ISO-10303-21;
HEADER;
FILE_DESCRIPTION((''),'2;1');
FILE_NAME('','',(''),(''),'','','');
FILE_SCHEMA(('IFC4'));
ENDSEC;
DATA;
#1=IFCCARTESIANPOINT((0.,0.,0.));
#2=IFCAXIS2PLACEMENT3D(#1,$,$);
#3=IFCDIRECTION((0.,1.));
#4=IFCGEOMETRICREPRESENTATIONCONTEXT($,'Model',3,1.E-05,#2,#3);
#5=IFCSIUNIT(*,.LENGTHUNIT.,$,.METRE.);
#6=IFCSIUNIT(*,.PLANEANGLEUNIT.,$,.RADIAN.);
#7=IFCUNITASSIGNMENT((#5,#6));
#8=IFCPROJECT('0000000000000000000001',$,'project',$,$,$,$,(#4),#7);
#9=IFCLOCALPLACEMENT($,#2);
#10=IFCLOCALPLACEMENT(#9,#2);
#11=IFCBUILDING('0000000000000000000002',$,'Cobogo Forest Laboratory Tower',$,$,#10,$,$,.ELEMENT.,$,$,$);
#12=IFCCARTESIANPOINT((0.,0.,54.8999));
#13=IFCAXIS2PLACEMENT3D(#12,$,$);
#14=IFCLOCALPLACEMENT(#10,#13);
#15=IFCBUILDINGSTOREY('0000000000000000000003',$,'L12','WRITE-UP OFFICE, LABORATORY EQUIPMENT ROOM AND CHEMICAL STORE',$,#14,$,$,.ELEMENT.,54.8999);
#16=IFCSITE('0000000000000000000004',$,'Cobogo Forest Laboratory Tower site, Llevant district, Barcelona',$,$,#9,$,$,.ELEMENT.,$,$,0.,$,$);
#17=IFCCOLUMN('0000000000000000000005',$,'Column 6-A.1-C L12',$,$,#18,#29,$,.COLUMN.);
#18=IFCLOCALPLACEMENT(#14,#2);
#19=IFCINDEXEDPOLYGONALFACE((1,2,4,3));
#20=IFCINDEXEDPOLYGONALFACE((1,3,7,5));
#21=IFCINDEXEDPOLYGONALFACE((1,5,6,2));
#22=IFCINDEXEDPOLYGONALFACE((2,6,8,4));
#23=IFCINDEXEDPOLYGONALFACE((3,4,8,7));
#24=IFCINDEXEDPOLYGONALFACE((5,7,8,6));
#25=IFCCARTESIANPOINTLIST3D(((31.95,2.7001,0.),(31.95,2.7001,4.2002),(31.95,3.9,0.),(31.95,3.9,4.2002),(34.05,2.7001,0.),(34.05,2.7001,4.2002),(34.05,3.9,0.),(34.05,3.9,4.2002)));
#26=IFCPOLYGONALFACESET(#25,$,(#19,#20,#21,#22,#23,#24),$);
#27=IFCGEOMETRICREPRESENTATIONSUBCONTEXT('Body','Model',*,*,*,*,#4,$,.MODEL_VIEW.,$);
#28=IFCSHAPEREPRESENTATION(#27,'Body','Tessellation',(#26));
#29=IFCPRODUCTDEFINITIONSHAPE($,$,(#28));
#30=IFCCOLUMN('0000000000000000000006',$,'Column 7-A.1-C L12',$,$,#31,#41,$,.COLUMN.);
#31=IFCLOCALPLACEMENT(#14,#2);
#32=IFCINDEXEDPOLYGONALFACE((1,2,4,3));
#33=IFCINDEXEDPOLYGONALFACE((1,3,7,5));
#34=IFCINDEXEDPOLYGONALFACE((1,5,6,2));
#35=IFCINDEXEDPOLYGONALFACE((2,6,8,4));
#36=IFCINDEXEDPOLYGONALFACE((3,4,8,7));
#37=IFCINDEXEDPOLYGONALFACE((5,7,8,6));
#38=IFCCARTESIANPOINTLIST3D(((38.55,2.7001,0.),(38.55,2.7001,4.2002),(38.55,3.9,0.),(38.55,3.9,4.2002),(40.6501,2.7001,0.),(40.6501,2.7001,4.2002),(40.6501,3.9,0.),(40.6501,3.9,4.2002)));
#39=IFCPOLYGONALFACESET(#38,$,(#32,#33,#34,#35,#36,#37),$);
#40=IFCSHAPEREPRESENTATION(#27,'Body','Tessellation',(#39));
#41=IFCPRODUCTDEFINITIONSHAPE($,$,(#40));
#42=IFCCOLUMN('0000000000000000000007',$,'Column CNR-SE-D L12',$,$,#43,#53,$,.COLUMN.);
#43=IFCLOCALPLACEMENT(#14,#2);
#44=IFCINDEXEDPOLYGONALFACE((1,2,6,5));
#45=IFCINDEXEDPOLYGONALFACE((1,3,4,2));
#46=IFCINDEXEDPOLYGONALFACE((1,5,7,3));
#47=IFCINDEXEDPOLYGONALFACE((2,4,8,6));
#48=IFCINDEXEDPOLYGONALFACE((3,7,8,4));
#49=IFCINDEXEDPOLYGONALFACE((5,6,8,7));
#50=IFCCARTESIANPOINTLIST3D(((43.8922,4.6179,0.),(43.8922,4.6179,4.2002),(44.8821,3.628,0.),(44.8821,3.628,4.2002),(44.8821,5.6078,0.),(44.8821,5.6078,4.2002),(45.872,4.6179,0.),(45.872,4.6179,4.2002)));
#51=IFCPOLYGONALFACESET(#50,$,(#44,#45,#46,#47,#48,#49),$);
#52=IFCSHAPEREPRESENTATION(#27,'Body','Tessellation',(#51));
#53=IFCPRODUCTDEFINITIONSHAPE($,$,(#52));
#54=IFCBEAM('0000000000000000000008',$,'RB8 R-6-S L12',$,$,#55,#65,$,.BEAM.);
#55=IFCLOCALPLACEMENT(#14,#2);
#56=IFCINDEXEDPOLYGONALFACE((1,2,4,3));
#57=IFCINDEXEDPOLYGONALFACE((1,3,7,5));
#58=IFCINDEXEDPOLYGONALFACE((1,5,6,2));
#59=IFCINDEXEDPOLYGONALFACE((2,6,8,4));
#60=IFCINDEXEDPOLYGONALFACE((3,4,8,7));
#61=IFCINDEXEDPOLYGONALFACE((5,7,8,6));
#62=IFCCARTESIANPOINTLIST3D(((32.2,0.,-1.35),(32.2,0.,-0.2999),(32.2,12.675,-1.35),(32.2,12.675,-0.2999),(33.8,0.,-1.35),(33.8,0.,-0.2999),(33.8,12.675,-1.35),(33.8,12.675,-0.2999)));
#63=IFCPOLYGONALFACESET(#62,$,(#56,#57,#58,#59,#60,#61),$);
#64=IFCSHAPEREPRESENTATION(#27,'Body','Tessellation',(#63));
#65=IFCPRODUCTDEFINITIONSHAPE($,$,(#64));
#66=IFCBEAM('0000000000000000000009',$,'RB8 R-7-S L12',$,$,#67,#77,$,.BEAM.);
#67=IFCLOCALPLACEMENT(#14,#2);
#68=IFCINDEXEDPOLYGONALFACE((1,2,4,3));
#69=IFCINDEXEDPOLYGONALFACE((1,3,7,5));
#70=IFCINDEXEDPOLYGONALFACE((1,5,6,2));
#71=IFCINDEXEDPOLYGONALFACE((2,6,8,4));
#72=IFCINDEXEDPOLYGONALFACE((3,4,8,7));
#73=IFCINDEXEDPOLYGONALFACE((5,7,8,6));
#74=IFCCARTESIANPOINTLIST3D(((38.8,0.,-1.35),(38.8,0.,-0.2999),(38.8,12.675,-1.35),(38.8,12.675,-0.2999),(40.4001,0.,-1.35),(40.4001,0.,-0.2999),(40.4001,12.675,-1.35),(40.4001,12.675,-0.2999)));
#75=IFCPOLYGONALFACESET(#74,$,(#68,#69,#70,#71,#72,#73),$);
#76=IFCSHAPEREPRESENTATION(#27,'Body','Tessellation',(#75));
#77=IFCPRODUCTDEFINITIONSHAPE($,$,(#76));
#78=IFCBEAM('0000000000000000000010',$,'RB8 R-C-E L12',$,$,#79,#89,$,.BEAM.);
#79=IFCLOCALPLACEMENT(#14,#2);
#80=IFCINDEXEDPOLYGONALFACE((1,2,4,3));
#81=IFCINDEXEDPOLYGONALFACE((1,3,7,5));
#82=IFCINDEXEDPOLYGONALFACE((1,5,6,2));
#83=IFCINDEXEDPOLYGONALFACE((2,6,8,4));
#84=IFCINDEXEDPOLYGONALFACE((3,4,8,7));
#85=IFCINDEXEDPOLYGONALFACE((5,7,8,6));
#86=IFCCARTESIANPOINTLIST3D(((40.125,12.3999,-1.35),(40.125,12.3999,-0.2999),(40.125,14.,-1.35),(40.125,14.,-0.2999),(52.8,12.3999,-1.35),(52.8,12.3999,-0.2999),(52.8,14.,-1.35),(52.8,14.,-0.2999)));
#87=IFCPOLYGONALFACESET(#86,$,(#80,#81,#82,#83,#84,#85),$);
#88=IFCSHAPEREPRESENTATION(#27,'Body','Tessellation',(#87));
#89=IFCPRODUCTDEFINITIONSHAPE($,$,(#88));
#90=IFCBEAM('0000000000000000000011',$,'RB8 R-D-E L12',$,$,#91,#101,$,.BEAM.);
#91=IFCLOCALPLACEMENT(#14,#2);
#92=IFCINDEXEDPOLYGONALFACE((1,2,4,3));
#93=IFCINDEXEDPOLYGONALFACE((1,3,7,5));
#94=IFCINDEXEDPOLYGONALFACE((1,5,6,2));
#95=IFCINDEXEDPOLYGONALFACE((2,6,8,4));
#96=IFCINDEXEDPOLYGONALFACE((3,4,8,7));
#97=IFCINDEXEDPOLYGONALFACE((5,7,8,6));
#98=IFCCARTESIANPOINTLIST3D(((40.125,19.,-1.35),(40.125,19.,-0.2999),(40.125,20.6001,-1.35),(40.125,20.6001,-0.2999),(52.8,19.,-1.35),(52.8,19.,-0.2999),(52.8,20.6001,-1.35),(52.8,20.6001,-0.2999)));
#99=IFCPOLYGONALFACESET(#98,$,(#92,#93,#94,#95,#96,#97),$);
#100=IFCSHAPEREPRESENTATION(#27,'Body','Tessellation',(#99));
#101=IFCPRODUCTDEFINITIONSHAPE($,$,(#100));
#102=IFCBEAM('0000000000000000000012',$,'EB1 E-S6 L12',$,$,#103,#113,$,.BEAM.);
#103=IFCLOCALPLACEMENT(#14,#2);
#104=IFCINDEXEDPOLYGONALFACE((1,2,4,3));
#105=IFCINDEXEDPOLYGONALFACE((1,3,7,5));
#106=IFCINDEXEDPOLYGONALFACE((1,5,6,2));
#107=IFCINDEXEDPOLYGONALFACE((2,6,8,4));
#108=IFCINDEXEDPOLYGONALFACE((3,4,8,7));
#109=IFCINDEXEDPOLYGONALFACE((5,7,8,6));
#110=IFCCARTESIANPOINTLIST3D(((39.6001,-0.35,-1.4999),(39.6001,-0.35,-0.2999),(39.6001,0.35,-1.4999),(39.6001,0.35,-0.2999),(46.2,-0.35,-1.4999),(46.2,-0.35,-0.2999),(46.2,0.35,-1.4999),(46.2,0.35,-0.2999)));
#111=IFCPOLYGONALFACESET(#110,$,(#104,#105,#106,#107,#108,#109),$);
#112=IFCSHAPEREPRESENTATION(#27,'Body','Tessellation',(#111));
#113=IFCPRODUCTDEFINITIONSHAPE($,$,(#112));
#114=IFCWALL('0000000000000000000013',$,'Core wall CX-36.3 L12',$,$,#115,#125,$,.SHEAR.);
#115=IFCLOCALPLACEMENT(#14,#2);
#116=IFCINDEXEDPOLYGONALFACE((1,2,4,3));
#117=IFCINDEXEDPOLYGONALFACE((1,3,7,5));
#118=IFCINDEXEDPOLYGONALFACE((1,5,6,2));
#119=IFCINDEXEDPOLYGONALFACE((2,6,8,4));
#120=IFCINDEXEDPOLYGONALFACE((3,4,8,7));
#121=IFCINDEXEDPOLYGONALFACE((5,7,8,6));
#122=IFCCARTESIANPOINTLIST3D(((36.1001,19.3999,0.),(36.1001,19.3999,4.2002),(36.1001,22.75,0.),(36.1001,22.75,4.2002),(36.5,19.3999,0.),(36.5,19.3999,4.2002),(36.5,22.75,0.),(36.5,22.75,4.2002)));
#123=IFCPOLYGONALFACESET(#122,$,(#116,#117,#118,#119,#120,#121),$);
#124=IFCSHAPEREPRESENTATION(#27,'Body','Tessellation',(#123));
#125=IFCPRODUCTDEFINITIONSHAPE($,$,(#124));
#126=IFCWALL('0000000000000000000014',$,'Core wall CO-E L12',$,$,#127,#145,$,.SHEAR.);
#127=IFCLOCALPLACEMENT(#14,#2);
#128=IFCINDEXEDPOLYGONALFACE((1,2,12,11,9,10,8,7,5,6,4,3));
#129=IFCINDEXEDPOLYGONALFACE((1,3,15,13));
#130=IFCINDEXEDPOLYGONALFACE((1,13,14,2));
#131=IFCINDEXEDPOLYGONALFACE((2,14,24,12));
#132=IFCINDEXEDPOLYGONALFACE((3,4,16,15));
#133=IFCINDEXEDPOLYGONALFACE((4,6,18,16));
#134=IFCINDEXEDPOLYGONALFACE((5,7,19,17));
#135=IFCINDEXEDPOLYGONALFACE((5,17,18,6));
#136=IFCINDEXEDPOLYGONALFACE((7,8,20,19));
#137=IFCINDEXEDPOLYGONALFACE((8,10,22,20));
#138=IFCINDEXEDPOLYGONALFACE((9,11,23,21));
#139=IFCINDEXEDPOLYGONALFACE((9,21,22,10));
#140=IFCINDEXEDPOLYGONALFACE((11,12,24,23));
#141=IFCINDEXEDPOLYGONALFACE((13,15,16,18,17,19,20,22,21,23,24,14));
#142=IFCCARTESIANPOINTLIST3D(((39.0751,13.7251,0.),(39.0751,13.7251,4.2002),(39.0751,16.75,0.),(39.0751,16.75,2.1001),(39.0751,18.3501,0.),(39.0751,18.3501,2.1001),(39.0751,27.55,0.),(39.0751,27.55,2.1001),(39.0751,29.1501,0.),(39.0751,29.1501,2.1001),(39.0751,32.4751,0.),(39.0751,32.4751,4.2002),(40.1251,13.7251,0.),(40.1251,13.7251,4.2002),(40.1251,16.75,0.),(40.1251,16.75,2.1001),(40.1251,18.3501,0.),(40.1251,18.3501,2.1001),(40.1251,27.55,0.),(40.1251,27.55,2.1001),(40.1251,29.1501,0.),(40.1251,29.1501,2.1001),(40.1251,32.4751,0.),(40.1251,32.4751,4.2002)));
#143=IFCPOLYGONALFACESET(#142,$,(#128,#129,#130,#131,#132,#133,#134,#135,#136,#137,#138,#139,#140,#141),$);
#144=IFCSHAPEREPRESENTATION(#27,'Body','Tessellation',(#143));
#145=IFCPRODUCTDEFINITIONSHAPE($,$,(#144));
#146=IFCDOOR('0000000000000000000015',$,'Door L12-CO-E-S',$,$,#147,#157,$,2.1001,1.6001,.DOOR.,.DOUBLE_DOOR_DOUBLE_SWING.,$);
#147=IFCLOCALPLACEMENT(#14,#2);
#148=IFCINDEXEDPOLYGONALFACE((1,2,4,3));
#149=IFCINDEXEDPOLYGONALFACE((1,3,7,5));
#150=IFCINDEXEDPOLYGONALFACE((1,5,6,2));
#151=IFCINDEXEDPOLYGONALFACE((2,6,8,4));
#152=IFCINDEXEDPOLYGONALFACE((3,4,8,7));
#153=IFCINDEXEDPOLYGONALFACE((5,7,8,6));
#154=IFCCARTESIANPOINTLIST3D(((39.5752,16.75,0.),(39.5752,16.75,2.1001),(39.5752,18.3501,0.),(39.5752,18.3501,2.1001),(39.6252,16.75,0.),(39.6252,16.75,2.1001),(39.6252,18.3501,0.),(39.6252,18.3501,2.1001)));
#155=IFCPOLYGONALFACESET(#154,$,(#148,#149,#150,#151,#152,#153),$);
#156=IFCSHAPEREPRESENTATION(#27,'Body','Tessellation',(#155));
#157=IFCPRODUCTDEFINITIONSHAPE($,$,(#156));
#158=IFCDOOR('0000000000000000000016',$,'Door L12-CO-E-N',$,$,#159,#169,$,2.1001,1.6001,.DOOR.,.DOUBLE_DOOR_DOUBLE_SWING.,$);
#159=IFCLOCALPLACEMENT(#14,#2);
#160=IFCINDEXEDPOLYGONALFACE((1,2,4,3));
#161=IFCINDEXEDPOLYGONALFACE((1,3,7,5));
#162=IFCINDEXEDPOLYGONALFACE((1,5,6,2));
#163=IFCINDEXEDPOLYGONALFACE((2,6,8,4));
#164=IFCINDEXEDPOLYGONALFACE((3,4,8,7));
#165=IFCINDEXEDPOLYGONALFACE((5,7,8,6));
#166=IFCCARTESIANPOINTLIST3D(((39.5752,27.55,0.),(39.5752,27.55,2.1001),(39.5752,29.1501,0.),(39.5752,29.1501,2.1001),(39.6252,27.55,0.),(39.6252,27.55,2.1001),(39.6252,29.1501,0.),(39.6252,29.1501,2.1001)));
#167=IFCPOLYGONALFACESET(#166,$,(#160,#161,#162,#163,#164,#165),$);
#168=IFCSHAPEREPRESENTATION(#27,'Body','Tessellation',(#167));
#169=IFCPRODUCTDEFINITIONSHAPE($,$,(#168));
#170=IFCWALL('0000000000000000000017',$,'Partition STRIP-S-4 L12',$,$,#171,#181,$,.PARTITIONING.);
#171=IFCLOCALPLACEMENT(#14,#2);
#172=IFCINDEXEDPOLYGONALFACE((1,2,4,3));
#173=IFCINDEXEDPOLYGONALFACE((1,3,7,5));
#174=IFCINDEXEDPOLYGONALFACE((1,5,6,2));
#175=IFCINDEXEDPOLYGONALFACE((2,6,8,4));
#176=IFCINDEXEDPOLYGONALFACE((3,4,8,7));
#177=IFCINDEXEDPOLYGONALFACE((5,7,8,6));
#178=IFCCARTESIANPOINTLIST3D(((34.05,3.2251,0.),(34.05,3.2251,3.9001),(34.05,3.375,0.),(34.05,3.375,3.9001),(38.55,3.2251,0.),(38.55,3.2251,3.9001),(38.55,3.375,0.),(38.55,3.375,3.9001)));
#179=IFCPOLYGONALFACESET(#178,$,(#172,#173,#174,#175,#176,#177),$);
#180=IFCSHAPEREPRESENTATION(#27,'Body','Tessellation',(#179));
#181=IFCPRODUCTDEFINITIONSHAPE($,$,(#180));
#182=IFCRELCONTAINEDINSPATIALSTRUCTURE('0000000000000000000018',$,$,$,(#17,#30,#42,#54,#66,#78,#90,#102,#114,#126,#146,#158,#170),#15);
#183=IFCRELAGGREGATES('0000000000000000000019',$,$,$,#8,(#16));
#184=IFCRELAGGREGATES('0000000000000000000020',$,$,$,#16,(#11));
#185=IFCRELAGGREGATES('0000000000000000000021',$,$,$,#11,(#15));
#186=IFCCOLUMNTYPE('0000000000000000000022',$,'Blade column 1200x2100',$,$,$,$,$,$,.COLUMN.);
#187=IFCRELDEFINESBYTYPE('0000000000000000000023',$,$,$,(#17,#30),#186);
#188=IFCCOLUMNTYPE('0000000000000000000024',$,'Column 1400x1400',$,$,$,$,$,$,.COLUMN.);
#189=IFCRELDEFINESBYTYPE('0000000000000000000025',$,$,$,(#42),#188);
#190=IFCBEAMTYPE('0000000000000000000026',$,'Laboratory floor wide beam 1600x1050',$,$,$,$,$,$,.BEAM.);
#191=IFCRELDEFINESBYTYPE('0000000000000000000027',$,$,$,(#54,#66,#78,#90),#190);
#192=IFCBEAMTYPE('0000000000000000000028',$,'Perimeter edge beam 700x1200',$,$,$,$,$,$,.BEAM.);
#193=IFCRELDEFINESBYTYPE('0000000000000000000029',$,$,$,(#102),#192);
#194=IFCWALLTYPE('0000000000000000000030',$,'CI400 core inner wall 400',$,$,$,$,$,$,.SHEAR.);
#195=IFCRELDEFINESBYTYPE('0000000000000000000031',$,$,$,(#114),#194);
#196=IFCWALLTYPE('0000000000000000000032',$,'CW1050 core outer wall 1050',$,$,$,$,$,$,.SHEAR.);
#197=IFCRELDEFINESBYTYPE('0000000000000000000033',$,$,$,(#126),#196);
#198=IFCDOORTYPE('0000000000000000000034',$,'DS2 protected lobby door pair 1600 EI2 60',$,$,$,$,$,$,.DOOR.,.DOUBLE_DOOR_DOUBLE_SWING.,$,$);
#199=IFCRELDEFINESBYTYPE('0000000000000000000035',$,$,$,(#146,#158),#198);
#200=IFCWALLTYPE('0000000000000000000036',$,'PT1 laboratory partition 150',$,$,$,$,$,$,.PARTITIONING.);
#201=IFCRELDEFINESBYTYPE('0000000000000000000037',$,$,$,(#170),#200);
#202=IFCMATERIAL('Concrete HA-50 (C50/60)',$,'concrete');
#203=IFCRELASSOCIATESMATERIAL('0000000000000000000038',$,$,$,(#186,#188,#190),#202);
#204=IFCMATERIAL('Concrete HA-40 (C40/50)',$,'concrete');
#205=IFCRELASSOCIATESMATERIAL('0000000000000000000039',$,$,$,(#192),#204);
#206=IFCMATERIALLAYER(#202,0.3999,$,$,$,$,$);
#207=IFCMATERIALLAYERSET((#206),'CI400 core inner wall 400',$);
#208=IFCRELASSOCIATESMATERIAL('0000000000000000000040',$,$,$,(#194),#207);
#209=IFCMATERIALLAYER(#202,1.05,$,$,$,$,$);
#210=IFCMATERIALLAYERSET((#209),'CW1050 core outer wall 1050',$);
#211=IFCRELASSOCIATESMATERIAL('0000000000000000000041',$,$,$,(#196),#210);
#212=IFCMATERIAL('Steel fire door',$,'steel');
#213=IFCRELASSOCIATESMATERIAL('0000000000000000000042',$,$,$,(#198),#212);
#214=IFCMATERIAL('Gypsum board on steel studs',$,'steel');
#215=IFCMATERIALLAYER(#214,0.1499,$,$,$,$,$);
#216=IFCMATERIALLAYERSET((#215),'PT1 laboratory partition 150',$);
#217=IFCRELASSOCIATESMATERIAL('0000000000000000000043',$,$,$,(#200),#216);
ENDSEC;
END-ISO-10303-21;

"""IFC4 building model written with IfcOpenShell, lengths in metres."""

from ifc_helpers import new_model, si_unit, direction, frame, frame_2d, origin, origin_2d, place, context, subcontext, project, spatial, rectangle, extrude, material, layer, layer_set, material_profile, profile_set, type_object, element, fill, save


model = new_model("IFC4")

# Units and contexts
model_context = context("Model", 3, precision=1e-05, world=origin(), true_north=direction((0.0, 1.0)))
body_context = subcontext(model_context, "Body", "Model", "MODEL_VIEW")
ifc_project = project(units=[si_unit("LENGTHUNIT", "METRE"), si_unit("PLANEANGLEUNIT", "RADIAN")], contexts=[model_context])

# Site, building, storey
site_placement = place(None, origin())
site = spatial("IfcSite", under=ifc_project, at=site_placement, Name="Cobogo Forest Laboratory Tower site, Llevant district, Barcelona", CompositionType="ELEMENT", RefElevation=0.0)
building_placement = place(site_placement, origin())
building = spatial("IfcBuilding", under=site, at=building_placement, Name="Cobogo Forest Laboratory Tower", CompositionType="ELEMENT")
storey_placement = place(building_placement, frame((0.0, 0.0, 54.8999)))
storey = spatial("IfcBuildingStorey", under=building, at=storey_placement, Name="L12", Description="WRITE-UP OFFICE, LABORATORY EQUIPMENT ROOM AND CHEMICAL STORE", CompositionType="ELEMENT", Elevation=54.8999)

# Columns
ifc_material_1 = material(Name="Concrete HA-50 (C50/60)", Category="concrete")
ifc_material_profile_1 = material_profile(ifc_material_1, rectangle(XDim=2.1001, YDim=1.2, at=origin_2d()), Name="RC 1200x2100")
ifc_profile_set_1 = profile_set([ifc_material_profile_1], Name="Concrete HA-50 (C50/60)")
column_type_1 = type_object("IfcColumnType", Name="Blade column 1200x2100", PredefinedType="COLUMN", material=ifc_profile_set_1)
for number, where, z_axis, x_axis, name in (
    (1, (33.0, 3.3, 0.0), (0.0, 0.0, 1.0), (1.0, 0.0, 0.0), "Column 6-A.1-C L12"),
    (2, (39.6001, 3.3, 0.0), (0.0, 0.0, 1.0), (1.0, 0.0, 0.0), "Column 7-A.1-C L12"),
):
    element("IfcColumn", number, at=place(storey_placement, frame(where, z_axis=z_axis, x_axis=x_axis)), inside=storey, type_object=column_type_1, Name=name, PredefinedType="COLUMN", context=body_context, shape_type="SweptSolid", body=[
        extrude(rectangle(XDim=2.1001, YDim=1.2, at=origin_2d()), origin(), (0.0, 0.0, 1.0), 4.2002),
    ])
ifc_material_profile_2 = material_profile(ifc_material_1, rectangle(XDim=1.3999, YDim=1.3999, at=origin_2d()), Name="RC 1400x1400")
ifc_profile_set_2 = profile_set([ifc_material_profile_2], Name="Concrete HA-50 (C50/60)")
column_type_2 = type_object("IfcColumnType", Name="Column 1400x1400", PredefinedType="COLUMN", material=ifc_profile_set_2)
column_placement = place(storey_placement, frame((44.8821, 4.6179, 0.0), z_axis=(0.0, 0.0, 1.0), x_axis=(0.707107, 0.707107, 0.0)))
element("IfcColumn", 3, at=column_placement, inside=storey, type_object=column_type_2, Name="Column CNR-SE-D L12", PredefinedType="COLUMN", context=body_context, shape_type="SweptSolid", body=[
    extrude(rectangle(XDim=1.3999, YDim=1.3999, at=origin_2d()), origin(), (0.0, 0.0, 1.0), 4.2002),
])

# Beams
ifc_material_profile_3 = material_profile(ifc_material_1, rectangle(XDim=1.6001, YDim=1.05, at=origin_2d()), Name="RC 1600x1050")
ifc_profile_set_3 = profile_set([ifc_material_profile_3], Name="Concrete HA-50 (C50/60)")
beam_type_1 = type_object("IfcBeamType", Name="Laboratory floor wide beam 1600x1050", PredefinedType="BEAM", material=ifc_profile_set_3)
for number, where, z_axis, x_axis, name in (
    (4, (33.0, 12.675, -0.825), (0.0, -1.0, 0.0), (1.0, 0.0, 0.0), "RB8 R-6-S L12"),
    (5, (39.6001, 12.675, -0.825), (0.0, -1.0, 0.0), (1.0, 0.0, 0.0), "RB8 R-7-S L12"),
    (6, (40.125, 13.2, -0.825), (1.0, 0.0, 0.0), (0.0, 1.0, 0.0), "RB8 R-C-E L12"),
    (7, (40.125, 19.8, -0.825), (1.0, 0.0, 0.0), (0.0, 1.0, 0.0), "RB8 R-D-E L12"),
):
    element("IfcBeam", number, at=place(storey_placement, frame(where, z_axis=z_axis, x_axis=x_axis)), inside=storey, type_object=beam_type_1, Name=name, PredefinedType="BEAM", context=body_context, shape_type="SweptSolid", body=[
        extrude(rectangle(XDim=1.6001, YDim=1.05, at=origin_2d()), origin(), (0.0, 0.0, 1.0), 12.675),
    ])
ifc_material_2 = material(Name="Concrete HA-40 (C40/50)", Category="concrete")
ifc_material_profile_4 = material_profile(ifc_material_2, rectangle(XDim=0.7, YDim=1.2, at=origin_2d()), Name="RC 700x1200")
ifc_profile_set_4 = profile_set([ifc_material_profile_4], Name="Concrete HA-40 (C40/50)")
beam_type_2 = type_object("IfcBeamType", Name="Perimeter edge beam 700x1200", PredefinedType="BEAM", material=ifc_profile_set_4)
beam_placement = place(storey_placement, frame((39.6001, 0.0, -0.8999), z_axis=(1.0, 0.0, 0.0), x_axis=(0.0, 1.0, 0.0)))
element("IfcBeam", 8, at=beam_placement, inside=storey, type_object=beam_type_2, Name="EB1 E-S6 L12", PredefinedType="BEAM", context=body_context, shape_type="SweptSolid", body=[
    extrude(rectangle(XDim=0.7, YDim=1.2, at=origin_2d()), origin(), (0.0, 0.0, 1.0), 6.5999),
])

# Wall
ifc_layer_1 = layer(ifc_material_1, 0.3999)
ifc_layer_set_1 = layer_set([ifc_layer_1], Name="CI400 core inner wall 400")
wall_type_1 = type_object("IfcWallType", Name="CI400 core inner wall 400", PredefinedType="SHEAR", material=ifc_layer_set_1)
wall_1_placement = place(storey_placement, frame((36.3, 19.3999, 0.0), z_axis=(0.0, 0.0, 1.0), x_axis=(0.0, 1.0, 0.0)))
element("IfcWall", 9, at=wall_1_placement, inside=storey, type_object=wall_type_1, Name="Core wall CX-36.3 L12", PredefinedType="SHEAR", context=body_context, shape_type="SweptSolid", body=[
    extrude(rectangle(XDim=3.3501, YDim=0.3999, at=frame_2d((1.675, 0.0))), origin(), (0.0, 0.0, 1.0), 4.2002),
])

# Wall, openings, doors
ifc_layer_2 = layer(ifc_material_1, 1.05)
ifc_layer_set_2 = layer_set([ifc_layer_2], Name="CW1050 core outer wall 1050")
wall_type_2 = type_object("IfcWallType", Name="CW1050 core outer wall 1050", PredefinedType="SHEAR", material=ifc_layer_set_2)
wall_2_placement = place(storey_placement, frame((39.6001, 13.7251, 0.0), z_axis=(0.0, 0.0, 1.0), x_axis=(0.0, 1.0, 0.0)))
wall_2 = element("IfcWall", 10, at=wall_2_placement, inside=storey, type_object=wall_type_2, Name="Core wall CO-E L12", PredefinedType="SHEAR", context=body_context, shape_type="SweptSolid", body=[
    extrude(rectangle(XDim=18.75, YDim=1.05, at=frame_2d((9.375, 0.0))), origin(), (0.0, 0.0, 1.0), 4.2002),
])
opening_1_placement = place(wall_2_placement, frame((3.0249, 0.0, 0.0)))
opening_1 = element("IfcOpeningElement", 11, at=opening_1_placement, cuts=wall_2, PredefinedType="OPENING", context=body_context, shape_type="SweptSolid", body=[
    extrude(rectangle(XDim=1.6001, YDim=2.1001, at=frame_2d((0.8, 1.05))), frame((0.0, 0.5349, 0.0), z_axis=(0.0, -1.0, 0.0), x_axis=(1.0, 0.0, 0.0)), (0.0, 0.0, 1.0), 1.0701),
])
opening_2_placement = place(wall_2_placement, frame((13.825, 0.0, 0.0)))
opening_2 = element("IfcOpeningElement", 12, at=opening_2_placement, cuts=wall_2, PredefinedType="OPENING", context=body_context, shape_type="SweptSolid", body=[
    extrude(rectangle(XDim=1.6001, YDim=2.1001, at=frame_2d((0.8, 1.05))), frame((0.0, 0.5349, 0.0), z_axis=(0.0, -1.0, 0.0), x_axis=(1.0, 0.0, 0.0)), (0.0, 0.0, 1.0), 1.0701),
])
ifc_material_3 = material(Name="Steel fire door", Category="steel")
door_type_1 = type_object("IfcDoorType", Name="DS2 protected lobby door pair 1600 EI2 60", OperationType="DOUBLE_DOOR_DOUBLE_SWING", PredefinedType="DOOR", material=ifc_material_3)
door_1_placement = place(opening_1_placement, origin())
door_1 = element("IfcDoor", 13, at=door_1_placement, inside=storey, type_object=door_type_1, Name="Door L12-CO-E-S", OperationType="DOUBLE_DOOR_DOUBLE_SWING", OverallHeight=2.1001, OverallWidth=1.6001, PredefinedType="DOOR", context=body_context, shape_type="SweptSolid", body=[
    extrude(rectangle(XDim=1.6001, YDim=2.1001, at=frame_2d((0.8, 1.05))), frame((0.0, 0.0249, 0.0), z_axis=(0.0, -1.0, 0.0), x_axis=(1.0, 0.0, 0.0)), (0.0, 0.0, 1.0), 0.05),
])
fill(opening_1, door_1)
door_2_placement = place(opening_2_placement, origin())
door_2 = element("IfcDoor", 14, at=door_2_placement, inside=storey, type_object=door_type_1, Name="Door L12-CO-E-N", OperationType="DOUBLE_DOOR_DOUBLE_SWING", OverallHeight=2.1001, OverallWidth=1.6001, PredefinedType="DOOR", context=body_context, shape_type="SweptSolid", body=[
    extrude(rectangle(XDim=1.6001, YDim=2.1001, at=frame_2d((0.8, 1.05))), frame((0.0, 0.0249, 0.0), z_axis=(0.0, -1.0, 0.0), x_axis=(1.0, 0.0, 0.0)), (0.0, 0.0, 1.0), 0.05),
])
fill(opening_2, door_2)

# Wall
ifc_material_4 = material(Name="Gypsum board on steel studs", Category="steel")
ifc_layer_3 = layer(ifc_material_4, 0.1499)
ifc_layer_set_3 = layer_set([ifc_layer_3], Name="PT1 laboratory partition 150")
wall_type_3 = type_object("IfcWallType", Name="PT1 laboratory partition 150", PredefinedType="PARTITIONING", material=ifc_layer_set_3)
wall_3_placement = place(storey_placement, frame((34.05, 3.3, 0.0), z_axis=(0.0, 0.0, 1.0), x_axis=(1.0, 0.0, 0.0)))
element("IfcWall", 15, at=wall_3_placement, inside=storey, type_object=wall_type_3, Name="Partition STRIP-S-4 L12", PredefinedType="PARTITIONING", context=body_context, shape_type="SweptSolid", body=[
    extrude(rectangle(XDim=4.5, YDim=0.1499, at=frame_2d((2.25, 0.0))), origin(), (0.0, 0.0, 1.0), 3.9001),
])

save(model, "model.ifc")
